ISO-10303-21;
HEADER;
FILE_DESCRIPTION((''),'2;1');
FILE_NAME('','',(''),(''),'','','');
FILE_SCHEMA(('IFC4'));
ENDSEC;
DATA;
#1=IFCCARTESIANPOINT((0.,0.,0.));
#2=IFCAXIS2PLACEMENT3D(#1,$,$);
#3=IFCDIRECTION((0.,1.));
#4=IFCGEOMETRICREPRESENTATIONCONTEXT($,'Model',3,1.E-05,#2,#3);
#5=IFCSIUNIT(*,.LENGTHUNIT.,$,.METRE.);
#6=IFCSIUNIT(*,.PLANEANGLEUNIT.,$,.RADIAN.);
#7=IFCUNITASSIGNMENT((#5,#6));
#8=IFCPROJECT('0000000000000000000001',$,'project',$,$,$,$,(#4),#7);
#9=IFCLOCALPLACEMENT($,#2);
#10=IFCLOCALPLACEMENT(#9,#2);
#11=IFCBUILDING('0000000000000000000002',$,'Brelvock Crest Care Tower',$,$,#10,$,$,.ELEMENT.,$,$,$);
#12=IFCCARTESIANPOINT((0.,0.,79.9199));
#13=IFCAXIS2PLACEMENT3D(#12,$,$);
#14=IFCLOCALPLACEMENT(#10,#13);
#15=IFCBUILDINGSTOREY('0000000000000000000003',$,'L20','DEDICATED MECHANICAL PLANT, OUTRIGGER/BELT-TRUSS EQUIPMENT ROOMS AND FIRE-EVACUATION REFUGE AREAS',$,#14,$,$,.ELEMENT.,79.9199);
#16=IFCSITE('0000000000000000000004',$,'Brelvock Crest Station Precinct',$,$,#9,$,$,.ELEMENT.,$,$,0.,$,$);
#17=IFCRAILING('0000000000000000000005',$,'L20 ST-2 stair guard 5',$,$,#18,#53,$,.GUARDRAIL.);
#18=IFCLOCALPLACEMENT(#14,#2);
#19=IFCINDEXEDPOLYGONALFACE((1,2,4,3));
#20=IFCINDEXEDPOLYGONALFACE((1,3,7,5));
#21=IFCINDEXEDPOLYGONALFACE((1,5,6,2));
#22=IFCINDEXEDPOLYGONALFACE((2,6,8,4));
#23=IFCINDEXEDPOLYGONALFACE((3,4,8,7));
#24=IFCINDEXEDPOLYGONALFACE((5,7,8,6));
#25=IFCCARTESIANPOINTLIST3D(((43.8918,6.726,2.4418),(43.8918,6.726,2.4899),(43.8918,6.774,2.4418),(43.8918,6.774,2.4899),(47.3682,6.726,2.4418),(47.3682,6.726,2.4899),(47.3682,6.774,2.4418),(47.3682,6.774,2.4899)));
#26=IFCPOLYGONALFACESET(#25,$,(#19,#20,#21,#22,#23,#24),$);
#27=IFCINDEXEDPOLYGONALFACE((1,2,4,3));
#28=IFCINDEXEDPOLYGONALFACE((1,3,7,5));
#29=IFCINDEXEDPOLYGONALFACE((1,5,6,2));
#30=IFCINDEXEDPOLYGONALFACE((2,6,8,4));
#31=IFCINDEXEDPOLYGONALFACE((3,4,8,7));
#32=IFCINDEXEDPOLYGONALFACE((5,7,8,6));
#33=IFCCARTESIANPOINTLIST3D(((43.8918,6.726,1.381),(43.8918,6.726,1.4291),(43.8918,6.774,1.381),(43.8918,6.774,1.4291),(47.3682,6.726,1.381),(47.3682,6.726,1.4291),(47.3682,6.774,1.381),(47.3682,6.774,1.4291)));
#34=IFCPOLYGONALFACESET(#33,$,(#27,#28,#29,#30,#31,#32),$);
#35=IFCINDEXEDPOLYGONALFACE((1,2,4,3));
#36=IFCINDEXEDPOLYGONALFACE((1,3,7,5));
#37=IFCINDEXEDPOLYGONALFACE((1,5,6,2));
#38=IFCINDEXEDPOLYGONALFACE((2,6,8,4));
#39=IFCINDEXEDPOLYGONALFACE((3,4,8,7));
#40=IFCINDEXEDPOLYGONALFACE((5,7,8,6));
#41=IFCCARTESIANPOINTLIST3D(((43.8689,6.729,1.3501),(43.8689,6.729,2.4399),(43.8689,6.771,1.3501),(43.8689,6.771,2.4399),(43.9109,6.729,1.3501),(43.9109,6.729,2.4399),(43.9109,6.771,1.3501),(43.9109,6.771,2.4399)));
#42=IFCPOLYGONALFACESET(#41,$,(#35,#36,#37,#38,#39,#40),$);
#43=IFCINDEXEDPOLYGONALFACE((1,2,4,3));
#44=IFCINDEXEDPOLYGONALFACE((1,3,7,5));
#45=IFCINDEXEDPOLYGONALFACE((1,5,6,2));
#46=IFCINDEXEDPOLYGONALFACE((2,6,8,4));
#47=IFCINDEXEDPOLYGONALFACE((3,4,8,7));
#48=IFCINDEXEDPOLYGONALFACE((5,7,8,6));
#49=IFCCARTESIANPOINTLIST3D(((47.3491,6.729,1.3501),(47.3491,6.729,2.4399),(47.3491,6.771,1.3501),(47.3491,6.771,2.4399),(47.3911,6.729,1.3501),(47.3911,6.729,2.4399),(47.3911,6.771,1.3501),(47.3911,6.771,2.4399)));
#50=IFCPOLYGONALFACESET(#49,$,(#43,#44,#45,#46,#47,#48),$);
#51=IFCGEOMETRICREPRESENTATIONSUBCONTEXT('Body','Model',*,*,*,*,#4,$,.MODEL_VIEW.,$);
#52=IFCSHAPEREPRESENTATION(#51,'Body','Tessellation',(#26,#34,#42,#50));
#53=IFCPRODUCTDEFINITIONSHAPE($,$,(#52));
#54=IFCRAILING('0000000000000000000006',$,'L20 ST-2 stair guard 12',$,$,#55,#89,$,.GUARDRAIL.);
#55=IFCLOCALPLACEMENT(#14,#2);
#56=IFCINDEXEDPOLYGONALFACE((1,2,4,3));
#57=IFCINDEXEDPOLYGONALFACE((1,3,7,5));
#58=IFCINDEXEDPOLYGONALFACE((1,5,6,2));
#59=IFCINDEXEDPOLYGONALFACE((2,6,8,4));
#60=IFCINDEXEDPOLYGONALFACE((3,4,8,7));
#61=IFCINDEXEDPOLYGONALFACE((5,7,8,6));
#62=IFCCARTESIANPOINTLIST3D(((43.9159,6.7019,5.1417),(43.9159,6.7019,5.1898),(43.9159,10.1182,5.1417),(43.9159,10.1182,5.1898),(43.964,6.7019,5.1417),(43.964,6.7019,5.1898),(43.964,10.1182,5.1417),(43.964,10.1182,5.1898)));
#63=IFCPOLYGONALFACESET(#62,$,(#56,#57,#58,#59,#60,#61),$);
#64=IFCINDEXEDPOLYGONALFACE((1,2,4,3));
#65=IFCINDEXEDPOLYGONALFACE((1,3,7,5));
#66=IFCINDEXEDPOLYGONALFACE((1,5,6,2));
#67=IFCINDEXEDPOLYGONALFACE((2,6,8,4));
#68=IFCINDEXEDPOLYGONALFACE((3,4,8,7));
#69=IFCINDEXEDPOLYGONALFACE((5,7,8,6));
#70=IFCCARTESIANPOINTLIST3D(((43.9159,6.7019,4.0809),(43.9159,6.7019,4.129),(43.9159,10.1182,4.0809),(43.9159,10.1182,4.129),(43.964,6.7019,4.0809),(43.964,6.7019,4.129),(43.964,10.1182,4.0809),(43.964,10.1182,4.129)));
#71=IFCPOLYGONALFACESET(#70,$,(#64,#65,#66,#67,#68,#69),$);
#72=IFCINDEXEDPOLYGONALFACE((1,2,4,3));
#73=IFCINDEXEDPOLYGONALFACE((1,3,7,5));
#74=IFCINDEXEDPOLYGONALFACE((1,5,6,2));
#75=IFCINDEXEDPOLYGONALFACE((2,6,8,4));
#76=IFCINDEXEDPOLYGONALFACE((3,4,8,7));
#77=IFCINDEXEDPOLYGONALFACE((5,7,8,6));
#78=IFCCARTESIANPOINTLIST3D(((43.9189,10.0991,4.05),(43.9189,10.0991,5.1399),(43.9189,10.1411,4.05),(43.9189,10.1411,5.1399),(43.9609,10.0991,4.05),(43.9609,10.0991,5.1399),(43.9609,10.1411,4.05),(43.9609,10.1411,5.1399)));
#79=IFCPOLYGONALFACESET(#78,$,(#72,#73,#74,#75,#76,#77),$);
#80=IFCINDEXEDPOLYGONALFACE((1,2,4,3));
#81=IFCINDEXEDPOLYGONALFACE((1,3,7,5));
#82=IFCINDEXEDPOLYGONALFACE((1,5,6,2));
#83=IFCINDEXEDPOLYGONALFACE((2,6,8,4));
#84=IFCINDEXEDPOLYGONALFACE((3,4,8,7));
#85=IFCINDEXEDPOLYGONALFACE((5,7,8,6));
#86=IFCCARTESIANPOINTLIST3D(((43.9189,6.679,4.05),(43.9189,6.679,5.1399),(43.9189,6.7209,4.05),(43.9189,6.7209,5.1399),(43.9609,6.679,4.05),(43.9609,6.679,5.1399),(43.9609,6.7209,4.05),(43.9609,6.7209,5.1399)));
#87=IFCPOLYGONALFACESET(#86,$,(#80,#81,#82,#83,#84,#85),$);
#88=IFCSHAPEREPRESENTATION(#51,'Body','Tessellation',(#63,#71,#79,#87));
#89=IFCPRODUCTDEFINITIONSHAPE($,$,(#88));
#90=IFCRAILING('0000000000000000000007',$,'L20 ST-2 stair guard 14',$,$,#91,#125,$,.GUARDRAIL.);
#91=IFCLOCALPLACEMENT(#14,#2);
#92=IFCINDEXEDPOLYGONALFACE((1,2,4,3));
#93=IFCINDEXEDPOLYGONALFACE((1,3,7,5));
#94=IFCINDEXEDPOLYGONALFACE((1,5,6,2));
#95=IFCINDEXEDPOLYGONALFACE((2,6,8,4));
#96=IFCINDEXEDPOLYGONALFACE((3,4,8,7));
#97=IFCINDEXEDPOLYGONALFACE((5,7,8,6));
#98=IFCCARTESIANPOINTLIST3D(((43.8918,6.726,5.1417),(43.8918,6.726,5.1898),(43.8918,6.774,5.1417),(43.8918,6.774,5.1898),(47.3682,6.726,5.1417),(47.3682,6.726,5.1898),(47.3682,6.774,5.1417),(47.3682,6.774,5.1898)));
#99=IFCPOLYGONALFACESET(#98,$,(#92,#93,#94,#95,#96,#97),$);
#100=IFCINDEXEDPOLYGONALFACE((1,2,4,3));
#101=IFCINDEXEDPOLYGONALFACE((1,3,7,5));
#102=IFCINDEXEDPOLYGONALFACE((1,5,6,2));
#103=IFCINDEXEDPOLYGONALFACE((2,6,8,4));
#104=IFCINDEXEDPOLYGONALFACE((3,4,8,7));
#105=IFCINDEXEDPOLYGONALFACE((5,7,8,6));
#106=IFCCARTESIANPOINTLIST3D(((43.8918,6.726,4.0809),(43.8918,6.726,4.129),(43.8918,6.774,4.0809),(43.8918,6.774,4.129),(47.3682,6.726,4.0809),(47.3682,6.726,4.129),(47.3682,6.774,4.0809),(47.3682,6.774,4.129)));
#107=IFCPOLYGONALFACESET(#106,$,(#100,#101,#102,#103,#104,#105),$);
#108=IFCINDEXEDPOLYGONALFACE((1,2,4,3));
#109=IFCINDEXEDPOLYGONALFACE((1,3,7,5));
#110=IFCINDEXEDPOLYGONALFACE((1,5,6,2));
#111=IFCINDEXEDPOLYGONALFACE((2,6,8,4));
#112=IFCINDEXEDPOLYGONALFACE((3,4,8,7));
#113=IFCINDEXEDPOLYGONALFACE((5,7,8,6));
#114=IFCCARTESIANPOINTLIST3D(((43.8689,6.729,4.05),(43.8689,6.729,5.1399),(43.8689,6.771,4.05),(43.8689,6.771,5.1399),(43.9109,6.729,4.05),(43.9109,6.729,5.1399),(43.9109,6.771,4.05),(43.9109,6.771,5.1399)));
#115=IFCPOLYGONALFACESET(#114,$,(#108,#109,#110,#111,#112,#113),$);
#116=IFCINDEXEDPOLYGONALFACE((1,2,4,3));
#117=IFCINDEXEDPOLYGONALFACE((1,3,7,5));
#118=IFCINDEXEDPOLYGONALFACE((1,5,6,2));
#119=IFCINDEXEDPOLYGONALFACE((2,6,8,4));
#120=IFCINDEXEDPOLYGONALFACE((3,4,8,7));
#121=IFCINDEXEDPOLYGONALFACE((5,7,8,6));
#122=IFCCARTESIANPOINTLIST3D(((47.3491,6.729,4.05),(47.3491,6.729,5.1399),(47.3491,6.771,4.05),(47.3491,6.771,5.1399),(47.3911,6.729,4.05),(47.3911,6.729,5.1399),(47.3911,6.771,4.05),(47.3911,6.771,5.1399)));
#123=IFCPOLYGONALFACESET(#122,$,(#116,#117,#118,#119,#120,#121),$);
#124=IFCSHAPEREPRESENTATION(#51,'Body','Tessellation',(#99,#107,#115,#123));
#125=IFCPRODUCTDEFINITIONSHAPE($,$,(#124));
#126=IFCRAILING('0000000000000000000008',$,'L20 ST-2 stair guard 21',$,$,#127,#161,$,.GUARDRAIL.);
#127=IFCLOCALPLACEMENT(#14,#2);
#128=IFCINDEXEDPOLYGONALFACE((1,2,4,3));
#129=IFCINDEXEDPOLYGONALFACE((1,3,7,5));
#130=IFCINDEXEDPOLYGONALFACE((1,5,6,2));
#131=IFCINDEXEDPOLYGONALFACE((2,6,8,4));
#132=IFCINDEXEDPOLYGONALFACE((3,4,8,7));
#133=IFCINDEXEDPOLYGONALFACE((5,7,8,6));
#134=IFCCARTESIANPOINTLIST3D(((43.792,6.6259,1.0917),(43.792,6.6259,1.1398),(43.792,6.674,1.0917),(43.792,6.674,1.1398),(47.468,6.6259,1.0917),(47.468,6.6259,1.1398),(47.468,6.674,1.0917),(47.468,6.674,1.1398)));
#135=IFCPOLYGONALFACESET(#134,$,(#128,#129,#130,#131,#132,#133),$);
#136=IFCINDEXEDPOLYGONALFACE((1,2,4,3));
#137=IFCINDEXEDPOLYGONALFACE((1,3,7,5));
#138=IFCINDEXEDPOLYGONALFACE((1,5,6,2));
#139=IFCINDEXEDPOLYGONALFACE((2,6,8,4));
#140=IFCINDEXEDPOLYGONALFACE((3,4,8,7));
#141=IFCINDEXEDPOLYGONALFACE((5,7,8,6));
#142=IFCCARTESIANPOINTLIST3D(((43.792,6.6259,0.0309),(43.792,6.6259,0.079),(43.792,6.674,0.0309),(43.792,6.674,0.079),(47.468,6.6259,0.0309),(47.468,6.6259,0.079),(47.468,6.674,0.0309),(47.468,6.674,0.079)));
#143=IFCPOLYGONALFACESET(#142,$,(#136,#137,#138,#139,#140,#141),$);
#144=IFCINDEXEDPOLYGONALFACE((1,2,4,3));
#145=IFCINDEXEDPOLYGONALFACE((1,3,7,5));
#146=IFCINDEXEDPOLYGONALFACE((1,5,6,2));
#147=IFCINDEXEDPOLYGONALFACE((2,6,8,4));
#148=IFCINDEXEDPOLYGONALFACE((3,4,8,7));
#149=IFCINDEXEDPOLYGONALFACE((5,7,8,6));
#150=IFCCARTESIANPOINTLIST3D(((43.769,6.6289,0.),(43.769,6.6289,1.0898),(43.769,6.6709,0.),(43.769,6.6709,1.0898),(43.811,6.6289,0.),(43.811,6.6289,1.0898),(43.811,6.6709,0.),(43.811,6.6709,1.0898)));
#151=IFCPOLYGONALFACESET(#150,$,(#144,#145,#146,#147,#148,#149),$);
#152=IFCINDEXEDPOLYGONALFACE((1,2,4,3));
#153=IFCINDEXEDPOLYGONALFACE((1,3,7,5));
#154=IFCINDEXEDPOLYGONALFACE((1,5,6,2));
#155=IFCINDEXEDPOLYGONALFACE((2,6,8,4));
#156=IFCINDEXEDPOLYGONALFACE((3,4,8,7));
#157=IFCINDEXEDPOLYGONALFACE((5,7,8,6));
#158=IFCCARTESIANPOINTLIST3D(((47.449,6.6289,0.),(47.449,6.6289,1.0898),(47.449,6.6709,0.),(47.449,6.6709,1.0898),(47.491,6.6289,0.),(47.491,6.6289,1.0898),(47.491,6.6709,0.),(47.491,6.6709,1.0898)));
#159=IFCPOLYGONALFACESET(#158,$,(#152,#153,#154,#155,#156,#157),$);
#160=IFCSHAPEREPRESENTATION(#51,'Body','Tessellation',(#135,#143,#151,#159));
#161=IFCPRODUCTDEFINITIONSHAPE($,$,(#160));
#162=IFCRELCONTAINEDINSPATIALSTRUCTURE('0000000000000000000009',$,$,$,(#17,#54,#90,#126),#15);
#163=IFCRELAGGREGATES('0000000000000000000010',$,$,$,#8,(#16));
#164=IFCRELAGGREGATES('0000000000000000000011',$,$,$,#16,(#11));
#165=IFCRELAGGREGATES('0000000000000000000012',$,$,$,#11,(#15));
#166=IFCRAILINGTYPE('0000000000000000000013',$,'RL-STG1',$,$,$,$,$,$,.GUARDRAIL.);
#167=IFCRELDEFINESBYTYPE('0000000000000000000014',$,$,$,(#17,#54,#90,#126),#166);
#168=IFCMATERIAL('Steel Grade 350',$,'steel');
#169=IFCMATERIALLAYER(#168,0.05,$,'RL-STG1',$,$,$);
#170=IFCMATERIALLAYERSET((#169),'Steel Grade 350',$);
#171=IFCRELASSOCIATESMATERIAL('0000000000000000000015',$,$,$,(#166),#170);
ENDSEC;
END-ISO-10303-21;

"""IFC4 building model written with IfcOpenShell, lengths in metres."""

from ifc_helpers import new_model, si_unit, direction, frame, origin, origin_2d, place, context, subcontext, project, spatial, rectangle, extrude, material, layer, layer_set, type_object, element, save


model = new_model("IFC4")

# Units and contexts
model_context = context("Model", 3, precision=1e-05, world=origin(), true_north=direction((0.0, 1.0)))
body_context = subcontext(model_context, "Body", "Model", "MODEL_VIEW")
ifc_project = project(units=[si_unit("LENGTHUNIT", "METRE"), si_unit("PLANEANGLEUNIT", "RADIAN")], contexts=[model_context])

# Site, building, storey
site_placement = place(None, origin())
site = spatial("IfcSite", under=ifc_project, at=site_placement, Name="Brelvock Crest Station Precinct", CompositionType="ELEMENT", RefElevation=0.0)
building_placement = place(site_placement, origin())
building = spatial("IfcBuilding", under=site, at=building_placement, Name="Brelvock Crest Care Tower", CompositionType="ELEMENT")
storey_placement = place(building_placement, frame((0.0, 0.0, 79.9199)))
storey = spatial("IfcBuildingStorey", under=building, at=storey_placement, Name="L20", Description="DEDICATED MECHANICAL PLANT, OUTRIGGER/BELT-TRUSS EQUIPMENT ROOMS AND FIRE-EVACUATION REFUGE AREAS", CompositionType="ELEMENT", Elevation=79.9199)

# Shared definitions
ifc_material_1 = material(Name="Steel Grade 350", Category="steel")

# Railings
ifc_layer_1 = layer(ifc_material_1, 0.05, Name="RL-STG1")
ifc_layer_set_1 = layer_set([ifc_layer_1], Name="Steel Grade 350")
railing_type = type_object("IfcRailingType", Name="RL-STG1", PredefinedType="GUARDRAIL", material=ifc_layer_set_1)
railing_1_placement = place(storey_placement, frame((43.8899, 6.75, 1.3501)))
element("IfcRailing", 1, at=railing_1_placement, inside=storey, type_object=railing_type, Name="L20 ST-2 stair guard 5", PredefinedType="GUARDRAIL", context=body_context, shape_type="SweptSolid", body=[
    extrude(rectangle(XDim=0.0481, YDim=0.0481, at=origin_2d()), frame((0.002, 0.0, 1.1157), z_axis=(1.0, 0.0, 0.0), x_axis=(0.0, 1.0, 0.0)), (0.0, 0.0, 1.0), 3.4763),
    extrude(rectangle(XDim=0.0481, YDim=0.0481, at=origin_2d()), frame((0.002, 0.0, 0.0549), z_axis=(1.0, 0.0, 0.0), x_axis=(0.0, 1.0, 0.0)), (0.0, 0.0, 1.0), 3.4763),
    extrude(rectangle(XDim=0.042, YDim=0.042, at=origin_2d()), origin(), (0.0, 0.0, 1.0), 1.0898),
    extrude(rectangle(XDim=0.042, YDim=0.042, at=origin_2d()), frame((3.4802, 0.0, 0.0)), (0.0, 0.0, 1.0), 1.0898),
])
railing_2_placement = place(storey_placement, frame((43.9399, 10.1201, 4.05)))
element("IfcRailing", 2, at=railing_2_placement, inside=storey, type_object=railing_type, Name="L20 ST-2 stair guard 12", PredefinedType="GUARDRAIL", context=body_context, shape_type="SweptSolid", body=[
    extrude(rectangle(XDim=0.0481, YDim=0.0481, at=origin_2d()), frame((0.0, -0.002, 1.1157), z_axis=(0.0, -1.0, 0.0), x_axis=(1.0, 0.0, 0.0)), (0.0, 0.0, 1.0), 3.4163),
    extrude(rectangle(XDim=0.0481, YDim=0.0481, at=origin_2d()), frame((0.0, -0.002, 0.0549), z_axis=(0.0, -1.0, 0.0), x_axis=(1.0, 0.0, 0.0)), (0.0, 0.0, 1.0), 3.4163),
    extrude(rectangle(XDim=0.042, YDim=0.042, at=origin_2d()), origin(), (0.0, 0.0, 1.0), 1.0898),
    extrude(rectangle(XDim=0.042, YDim=0.042, at=origin_2d()), frame((0.0, -3.4202, 0.0)), (0.0, 0.0, 1.0), 1.0898),
])
railing_3_placement = place(storey_placement, frame((43.8899, 6.75, 4.05)))
element("IfcRailing", 3, at=railing_3_placement, inside=storey, type_object=railing_type, Name="L20 ST-2 stair guard 14", PredefinedType="GUARDRAIL", context=body_context, shape_type="SweptSolid", body=[
    extrude(rectangle(XDim=0.0481, YDim=0.0481, at=origin_2d()), frame((0.002, 0.0, 1.1157), z_axis=(1.0, 0.0, 0.0), x_axis=(0.0, 1.0, 0.0)), (0.0, 0.0, 1.0), 3.4763),
    extrude(rectangle(XDim=0.0481, YDim=0.0481, at=origin_2d()), frame((0.002, 0.0, 0.0549), z_axis=(1.0, 0.0, 0.0), x_axis=(0.0, 1.0, 0.0)), (0.0, 0.0, 1.0), 3.4763),
    extrude(rectangle(XDim=0.042, YDim=0.042, at=origin_2d()), origin(), (0.0, 0.0, 1.0), 1.0898),
    extrude(rectangle(XDim=0.042, YDim=0.042, at=origin_2d()), frame((3.4802, 0.0, 0.0)), (0.0, 0.0, 1.0), 1.0898),
])
railing_4_placement = place(storey_placement, frame((43.79, 6.6499, 0.0)))
element("IfcRailing", 4, at=railing_4_placement, inside=storey, type_object=railing_type, Name="L20 ST-2 stair guard 21", PredefinedType="GUARDRAIL", context=body_context, shape_type="SweptSolid", body=[
    extrude(rectangle(XDim=0.0481, YDim=0.0481, at=origin_2d()), frame((0.002, 0.0, 1.1157), z_axis=(1.0, 0.0, 0.0), x_axis=(0.0, 1.0, 0.0)), (0.0, 0.0, 1.0), 3.676),
    extrude(rectangle(XDim=0.0481, YDim=0.0481, at=origin_2d()), frame((0.002, 0.0, 0.0549), z_axis=(1.0, 0.0, 0.0), x_axis=(0.0, 1.0, 0.0)), (0.0, 0.0, 1.0), 3.676),
    extrude(rectangle(XDim=0.042, YDim=0.042, at=origin_2d()), origin(), (0.0, 0.0, 1.0), 1.0898),
    extrude(rectangle(XDim=0.042, YDim=0.042, at=origin_2d()), frame((3.6799, 0.0, 0.0)), (0.0, 0.0, 1.0), 1.0898),
])

save(model, "model.ifc")
